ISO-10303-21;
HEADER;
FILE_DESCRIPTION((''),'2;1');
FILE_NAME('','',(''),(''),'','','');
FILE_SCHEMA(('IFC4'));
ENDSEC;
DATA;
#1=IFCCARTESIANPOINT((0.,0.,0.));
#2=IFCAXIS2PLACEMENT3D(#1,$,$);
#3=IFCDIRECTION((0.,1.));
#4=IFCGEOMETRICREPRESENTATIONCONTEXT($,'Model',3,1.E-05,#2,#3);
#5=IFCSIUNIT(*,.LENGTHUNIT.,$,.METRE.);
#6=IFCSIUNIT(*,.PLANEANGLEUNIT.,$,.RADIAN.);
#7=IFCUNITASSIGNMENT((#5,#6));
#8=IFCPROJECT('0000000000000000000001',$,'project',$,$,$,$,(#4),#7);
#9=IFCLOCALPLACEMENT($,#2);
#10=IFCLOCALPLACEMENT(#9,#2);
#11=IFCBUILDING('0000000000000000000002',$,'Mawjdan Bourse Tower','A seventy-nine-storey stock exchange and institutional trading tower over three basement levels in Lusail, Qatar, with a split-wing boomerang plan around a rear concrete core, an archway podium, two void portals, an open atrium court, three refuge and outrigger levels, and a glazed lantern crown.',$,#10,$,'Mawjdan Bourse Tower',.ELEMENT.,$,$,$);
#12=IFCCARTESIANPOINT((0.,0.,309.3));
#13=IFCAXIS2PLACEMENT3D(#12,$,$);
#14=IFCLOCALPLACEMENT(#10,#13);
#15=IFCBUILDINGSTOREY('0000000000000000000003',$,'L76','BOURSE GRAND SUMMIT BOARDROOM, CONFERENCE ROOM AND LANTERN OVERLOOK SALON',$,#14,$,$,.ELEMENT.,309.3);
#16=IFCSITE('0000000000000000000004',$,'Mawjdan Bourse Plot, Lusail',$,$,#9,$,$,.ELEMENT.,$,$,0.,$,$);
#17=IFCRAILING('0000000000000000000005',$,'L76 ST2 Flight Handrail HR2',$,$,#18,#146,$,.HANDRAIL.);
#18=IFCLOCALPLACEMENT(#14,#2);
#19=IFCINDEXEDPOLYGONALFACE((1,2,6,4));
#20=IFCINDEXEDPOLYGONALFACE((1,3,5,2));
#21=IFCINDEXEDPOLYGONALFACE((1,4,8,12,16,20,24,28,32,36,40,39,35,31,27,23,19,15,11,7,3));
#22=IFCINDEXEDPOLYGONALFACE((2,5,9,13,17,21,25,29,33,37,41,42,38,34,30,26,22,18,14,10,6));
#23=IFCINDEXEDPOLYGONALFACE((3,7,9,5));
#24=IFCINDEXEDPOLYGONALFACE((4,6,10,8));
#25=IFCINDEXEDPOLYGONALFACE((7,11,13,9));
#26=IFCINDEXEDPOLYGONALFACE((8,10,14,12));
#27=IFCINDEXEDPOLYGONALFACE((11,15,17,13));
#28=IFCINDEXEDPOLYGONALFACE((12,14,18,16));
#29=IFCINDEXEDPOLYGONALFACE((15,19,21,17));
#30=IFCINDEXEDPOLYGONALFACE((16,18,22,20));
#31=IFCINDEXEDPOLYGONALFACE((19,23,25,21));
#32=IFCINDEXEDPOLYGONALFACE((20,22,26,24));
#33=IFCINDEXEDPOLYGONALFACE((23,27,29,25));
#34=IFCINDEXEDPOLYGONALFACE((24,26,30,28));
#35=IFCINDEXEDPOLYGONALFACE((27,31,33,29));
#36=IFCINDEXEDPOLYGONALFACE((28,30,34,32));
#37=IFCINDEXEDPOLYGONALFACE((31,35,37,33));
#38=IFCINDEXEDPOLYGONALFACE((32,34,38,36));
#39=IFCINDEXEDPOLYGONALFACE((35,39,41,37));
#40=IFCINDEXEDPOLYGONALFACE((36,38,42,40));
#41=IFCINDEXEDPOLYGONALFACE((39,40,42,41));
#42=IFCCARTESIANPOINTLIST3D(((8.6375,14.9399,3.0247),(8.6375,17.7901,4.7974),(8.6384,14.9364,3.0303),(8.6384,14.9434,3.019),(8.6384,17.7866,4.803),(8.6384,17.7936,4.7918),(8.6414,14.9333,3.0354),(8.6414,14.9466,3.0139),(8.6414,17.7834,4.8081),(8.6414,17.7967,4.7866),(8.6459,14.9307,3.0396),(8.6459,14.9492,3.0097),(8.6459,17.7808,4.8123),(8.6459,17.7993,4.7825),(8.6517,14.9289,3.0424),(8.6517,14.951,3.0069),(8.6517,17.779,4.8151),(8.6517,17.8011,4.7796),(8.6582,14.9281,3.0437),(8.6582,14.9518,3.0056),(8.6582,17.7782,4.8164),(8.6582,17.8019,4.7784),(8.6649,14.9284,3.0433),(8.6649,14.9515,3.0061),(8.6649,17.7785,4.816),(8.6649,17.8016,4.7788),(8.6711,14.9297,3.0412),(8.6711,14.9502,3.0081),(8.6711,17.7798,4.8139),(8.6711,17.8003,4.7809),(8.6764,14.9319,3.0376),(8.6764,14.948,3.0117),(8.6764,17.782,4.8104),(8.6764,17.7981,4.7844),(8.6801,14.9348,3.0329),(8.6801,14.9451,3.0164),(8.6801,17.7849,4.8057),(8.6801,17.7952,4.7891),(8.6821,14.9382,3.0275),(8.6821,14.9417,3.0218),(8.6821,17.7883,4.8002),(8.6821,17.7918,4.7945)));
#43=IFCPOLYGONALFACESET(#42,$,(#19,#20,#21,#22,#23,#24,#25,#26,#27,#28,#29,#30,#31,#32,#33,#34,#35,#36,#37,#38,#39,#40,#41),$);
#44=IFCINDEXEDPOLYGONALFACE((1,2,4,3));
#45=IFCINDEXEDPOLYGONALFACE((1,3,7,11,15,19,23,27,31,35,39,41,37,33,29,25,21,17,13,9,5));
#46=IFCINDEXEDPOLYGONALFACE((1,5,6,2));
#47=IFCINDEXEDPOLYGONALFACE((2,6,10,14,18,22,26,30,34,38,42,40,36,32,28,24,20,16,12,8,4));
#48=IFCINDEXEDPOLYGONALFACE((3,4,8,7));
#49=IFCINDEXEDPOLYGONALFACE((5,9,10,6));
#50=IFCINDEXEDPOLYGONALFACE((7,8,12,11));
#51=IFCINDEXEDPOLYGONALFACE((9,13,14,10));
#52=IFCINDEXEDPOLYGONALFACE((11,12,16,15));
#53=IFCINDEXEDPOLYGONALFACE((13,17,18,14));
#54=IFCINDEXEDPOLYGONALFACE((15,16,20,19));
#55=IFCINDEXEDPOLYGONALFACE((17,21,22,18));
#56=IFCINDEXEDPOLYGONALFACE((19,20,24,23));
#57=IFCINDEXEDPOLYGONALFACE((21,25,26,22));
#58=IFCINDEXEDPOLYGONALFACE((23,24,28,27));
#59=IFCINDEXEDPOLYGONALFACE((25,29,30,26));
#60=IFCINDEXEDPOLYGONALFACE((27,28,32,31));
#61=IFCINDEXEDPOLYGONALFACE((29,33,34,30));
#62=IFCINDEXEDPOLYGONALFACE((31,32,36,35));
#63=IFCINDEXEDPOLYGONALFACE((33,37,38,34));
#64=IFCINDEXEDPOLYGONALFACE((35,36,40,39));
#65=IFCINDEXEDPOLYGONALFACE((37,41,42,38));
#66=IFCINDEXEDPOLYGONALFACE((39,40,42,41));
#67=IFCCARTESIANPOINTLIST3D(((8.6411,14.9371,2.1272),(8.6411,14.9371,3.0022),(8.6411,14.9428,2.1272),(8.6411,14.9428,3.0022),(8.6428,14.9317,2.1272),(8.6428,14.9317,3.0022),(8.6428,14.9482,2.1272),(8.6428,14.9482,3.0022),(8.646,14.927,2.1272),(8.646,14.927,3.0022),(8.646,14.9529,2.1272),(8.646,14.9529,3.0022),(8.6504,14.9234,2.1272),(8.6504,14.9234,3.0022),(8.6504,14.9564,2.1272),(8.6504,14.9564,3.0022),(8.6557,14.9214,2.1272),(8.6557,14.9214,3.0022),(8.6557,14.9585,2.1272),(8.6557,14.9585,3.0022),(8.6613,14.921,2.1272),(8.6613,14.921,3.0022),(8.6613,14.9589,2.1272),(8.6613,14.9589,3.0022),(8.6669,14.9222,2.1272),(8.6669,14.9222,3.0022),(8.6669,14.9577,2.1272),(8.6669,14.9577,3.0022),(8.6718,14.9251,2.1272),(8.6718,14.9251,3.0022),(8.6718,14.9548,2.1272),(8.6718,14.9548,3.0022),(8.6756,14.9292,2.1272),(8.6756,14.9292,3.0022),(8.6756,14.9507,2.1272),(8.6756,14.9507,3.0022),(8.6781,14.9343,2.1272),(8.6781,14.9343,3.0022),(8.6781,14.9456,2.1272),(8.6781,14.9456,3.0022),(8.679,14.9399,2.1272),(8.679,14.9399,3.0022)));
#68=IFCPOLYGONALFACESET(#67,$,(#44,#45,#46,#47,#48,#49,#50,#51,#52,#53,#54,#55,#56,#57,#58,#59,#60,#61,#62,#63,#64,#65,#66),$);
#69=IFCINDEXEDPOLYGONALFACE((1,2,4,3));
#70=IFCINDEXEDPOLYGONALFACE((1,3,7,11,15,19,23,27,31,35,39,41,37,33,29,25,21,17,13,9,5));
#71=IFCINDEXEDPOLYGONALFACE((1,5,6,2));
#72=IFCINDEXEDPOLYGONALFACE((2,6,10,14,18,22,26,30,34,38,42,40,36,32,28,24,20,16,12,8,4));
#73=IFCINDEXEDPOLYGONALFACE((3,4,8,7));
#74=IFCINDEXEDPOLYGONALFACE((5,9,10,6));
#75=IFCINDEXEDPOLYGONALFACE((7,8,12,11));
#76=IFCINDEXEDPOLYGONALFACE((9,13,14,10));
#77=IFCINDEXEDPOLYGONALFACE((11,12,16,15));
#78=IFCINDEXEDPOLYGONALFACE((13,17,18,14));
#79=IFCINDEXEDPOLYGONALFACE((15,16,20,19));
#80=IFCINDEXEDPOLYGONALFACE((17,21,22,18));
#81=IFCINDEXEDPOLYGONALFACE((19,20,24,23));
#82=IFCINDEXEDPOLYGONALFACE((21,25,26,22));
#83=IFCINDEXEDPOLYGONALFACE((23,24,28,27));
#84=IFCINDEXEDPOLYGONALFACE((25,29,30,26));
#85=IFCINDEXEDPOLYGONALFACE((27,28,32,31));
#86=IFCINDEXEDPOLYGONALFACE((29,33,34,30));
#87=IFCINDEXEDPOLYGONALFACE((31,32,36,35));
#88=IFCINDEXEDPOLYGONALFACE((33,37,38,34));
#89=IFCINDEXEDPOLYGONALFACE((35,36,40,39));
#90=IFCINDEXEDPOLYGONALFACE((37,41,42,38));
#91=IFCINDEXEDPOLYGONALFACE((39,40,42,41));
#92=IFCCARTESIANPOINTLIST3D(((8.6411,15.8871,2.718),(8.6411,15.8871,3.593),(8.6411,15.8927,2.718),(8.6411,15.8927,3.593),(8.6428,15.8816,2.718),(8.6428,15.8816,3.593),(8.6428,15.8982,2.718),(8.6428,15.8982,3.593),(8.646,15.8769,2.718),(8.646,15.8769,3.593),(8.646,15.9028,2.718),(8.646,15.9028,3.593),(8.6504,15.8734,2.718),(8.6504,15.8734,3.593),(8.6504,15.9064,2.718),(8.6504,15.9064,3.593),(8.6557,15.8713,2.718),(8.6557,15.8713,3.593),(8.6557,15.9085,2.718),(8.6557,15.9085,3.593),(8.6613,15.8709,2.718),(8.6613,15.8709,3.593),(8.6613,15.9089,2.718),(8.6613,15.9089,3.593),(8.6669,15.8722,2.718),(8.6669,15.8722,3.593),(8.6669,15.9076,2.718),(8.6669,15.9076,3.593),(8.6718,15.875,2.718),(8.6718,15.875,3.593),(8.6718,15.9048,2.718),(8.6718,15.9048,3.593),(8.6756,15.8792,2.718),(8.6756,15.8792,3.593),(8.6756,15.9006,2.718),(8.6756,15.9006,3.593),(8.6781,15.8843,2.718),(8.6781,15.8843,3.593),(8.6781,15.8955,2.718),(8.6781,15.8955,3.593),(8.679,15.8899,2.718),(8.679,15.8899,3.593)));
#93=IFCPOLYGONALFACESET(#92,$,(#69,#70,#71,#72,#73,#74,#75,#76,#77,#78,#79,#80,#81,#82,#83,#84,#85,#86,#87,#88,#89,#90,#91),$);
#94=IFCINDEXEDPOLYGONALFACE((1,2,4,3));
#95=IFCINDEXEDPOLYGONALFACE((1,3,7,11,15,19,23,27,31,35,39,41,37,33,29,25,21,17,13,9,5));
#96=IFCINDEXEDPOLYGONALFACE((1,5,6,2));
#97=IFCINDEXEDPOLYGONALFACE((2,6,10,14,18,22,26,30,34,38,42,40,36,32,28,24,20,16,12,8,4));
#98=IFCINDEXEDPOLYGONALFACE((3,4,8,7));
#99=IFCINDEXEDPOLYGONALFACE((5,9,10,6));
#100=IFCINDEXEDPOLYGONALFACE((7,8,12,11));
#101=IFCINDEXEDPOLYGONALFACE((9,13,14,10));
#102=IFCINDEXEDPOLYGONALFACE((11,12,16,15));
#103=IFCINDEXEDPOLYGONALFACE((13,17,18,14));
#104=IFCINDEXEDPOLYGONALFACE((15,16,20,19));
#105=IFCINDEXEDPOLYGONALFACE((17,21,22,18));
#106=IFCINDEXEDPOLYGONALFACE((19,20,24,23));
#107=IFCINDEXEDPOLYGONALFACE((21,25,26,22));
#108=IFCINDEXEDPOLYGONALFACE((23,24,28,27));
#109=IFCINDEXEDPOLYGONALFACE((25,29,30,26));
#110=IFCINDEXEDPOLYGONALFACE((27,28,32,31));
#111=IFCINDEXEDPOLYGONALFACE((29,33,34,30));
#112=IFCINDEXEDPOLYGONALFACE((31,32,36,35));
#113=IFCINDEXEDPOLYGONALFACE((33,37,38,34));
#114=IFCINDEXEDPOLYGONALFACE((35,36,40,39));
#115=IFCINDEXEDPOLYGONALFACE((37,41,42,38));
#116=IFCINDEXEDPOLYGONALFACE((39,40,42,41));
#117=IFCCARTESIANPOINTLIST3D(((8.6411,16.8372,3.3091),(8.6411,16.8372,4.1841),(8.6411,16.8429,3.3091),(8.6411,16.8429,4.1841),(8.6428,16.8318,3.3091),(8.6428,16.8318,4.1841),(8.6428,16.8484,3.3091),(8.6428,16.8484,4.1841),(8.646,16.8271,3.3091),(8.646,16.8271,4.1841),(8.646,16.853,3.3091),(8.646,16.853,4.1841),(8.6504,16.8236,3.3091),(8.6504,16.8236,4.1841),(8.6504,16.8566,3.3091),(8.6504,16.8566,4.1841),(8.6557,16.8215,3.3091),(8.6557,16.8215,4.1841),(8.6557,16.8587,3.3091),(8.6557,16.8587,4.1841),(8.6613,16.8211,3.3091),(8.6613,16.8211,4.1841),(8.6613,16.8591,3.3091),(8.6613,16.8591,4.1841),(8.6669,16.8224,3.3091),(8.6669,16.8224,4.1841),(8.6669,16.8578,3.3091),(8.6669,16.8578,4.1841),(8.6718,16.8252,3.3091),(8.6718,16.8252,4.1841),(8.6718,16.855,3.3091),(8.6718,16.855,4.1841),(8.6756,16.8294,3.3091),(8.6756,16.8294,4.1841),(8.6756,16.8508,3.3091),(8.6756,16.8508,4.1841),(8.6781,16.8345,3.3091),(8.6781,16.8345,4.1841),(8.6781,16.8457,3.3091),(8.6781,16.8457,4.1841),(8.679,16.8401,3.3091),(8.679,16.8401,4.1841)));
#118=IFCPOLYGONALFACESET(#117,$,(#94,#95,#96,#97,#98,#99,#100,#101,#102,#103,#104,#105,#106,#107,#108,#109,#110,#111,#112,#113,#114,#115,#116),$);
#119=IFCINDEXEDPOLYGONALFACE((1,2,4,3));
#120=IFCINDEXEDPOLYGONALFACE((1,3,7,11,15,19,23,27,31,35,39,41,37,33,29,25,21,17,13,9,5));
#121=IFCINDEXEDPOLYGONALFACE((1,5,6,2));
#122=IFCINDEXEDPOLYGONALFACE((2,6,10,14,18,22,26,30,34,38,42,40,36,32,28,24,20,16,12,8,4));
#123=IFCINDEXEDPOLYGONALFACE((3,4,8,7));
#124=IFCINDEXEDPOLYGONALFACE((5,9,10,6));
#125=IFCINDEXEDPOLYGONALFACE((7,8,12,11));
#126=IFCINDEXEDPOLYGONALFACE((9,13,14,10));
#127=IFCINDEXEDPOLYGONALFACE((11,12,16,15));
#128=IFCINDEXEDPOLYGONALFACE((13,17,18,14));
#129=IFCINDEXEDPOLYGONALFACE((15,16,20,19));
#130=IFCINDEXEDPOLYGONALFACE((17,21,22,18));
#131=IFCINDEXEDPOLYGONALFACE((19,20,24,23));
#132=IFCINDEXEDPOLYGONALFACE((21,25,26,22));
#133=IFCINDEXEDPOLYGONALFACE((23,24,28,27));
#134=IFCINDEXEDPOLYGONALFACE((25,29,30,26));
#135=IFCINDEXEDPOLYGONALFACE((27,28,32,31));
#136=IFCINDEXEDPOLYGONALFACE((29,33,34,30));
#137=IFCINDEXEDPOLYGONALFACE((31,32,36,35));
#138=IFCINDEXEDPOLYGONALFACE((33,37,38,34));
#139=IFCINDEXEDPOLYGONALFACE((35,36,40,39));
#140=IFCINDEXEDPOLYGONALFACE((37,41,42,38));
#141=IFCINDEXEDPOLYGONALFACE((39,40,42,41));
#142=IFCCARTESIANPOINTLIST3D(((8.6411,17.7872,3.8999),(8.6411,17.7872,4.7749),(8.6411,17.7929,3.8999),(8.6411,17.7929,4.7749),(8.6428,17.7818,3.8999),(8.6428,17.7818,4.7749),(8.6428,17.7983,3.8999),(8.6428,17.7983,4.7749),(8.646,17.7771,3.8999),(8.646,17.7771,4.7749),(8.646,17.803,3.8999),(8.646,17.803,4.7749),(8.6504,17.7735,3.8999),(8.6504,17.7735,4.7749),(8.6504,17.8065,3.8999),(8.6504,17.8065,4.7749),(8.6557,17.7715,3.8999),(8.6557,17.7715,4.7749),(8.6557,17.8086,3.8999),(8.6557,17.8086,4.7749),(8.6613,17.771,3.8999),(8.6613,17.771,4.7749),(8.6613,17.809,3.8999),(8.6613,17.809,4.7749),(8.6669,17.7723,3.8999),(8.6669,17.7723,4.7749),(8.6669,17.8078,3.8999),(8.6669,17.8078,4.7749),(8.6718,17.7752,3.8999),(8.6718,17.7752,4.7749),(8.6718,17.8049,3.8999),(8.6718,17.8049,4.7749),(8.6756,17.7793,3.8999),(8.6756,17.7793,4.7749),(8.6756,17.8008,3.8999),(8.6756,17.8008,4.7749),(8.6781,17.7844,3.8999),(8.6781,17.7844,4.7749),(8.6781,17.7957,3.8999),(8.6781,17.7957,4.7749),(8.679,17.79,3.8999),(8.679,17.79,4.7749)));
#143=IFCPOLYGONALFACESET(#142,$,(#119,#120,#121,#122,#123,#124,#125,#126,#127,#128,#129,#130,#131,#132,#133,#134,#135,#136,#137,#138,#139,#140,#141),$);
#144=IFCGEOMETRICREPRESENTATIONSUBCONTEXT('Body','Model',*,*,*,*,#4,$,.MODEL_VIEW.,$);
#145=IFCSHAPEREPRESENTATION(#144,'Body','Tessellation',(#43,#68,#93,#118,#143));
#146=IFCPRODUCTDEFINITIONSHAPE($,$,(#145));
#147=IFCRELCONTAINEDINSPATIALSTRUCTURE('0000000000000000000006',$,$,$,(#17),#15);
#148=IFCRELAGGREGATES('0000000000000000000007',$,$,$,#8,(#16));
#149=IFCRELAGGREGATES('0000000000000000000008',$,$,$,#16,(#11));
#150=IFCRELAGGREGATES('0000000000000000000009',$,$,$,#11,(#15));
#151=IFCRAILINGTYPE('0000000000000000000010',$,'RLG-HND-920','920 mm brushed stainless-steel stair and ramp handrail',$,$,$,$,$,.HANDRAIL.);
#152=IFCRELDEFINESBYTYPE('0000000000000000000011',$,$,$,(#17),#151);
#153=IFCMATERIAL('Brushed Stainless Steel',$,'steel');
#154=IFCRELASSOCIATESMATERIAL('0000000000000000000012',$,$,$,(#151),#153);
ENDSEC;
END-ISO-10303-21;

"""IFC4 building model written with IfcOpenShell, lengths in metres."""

from ifc_helpers import new_model, si_unit, direction, frame, origin, origin_2d, place, context, subcontext, project, spatial, circle, extrude, material, type_object, element, save


model = new_model("IFC4")

# Units and contexts
model_context = context("Model", 3, precision=1e-05, world=origin(), true_north=direction((0.0, 1.0)))
body_context = subcontext(model_context, "Body", "Model", "MODEL_VIEW")
ifc_project = project(units=[si_unit("LENGTHUNIT", "METRE"), si_unit("PLANEANGLEUNIT", "RADIAN")], contexts=[model_context])

# Site, building, storey
site_placement = place(None, origin())
site = spatial("IfcSite", under=ifc_project, at=site_placement, Name="Mawjdan Bourse Plot, Lusail", CompositionType="ELEMENT", RefElevation=0.0)
building_placement = place(site_placement, origin())
building = spatial("IfcBuilding", under=site, at=building_placement, Name="Mawjdan Bourse Tower", Description="A seventy-nine-storey stock exchange and institutional trading tower over three basement levels in Lusail, Qatar, with a split-wing boomerang plan around a rear concrete core, an archway podium, two void portals, an open atrium court, three refuge and outrigger levels, and a glazed lantern crown.", LongName="Mawjdan Bourse Tower", CompositionType="ELEMENT")
storey_placement = place(building_placement, frame((0.0, 0.0, 309.3)))
storey = spatial("IfcBuildingStorey", under=building, at=storey_placement, Name="L76", Description="BOURSE GRAND SUMMIT BOARDROOM, CONFERENCE ROOM AND LANTERN OVERLOOK SALON", CompositionType="ELEMENT", Elevation=309.3)

# Railing
ifc_material_1 = material(Name="Brushed Stainless Steel", Category="steel")
railing_type_1 = type_object("IfcRailingType", Name="RLG-HND-920", Description="920 mm brushed stainless-steel stair and ramp handrail", PredefinedType="HANDRAIL", material=ifc_material_1)
railing_1_placement = place(storey_placement, frame((8.6599, 14.9399, 2.1272)))
element("IfcRailing", 1, at=railing_1_placement, inside=storey, type_object=railing_type_1, Name="L76 ST2 Flight Handrail HR2", PredefinedType="HANDRAIL", context=body_context, shape_type="SweptSolid", body=[
    extrude(circle(Radius=0.0225, at=origin_2d()), frame((0.0, 0.0, 0.8975), z_axis=(0.0, 0.849149, 0.528154), x_axis=(-1.0, 0.0, 0.0)), (0.0, 0.0, 1.0), 3.3564),
    extrude(circle(Radius=0.019, at=origin_2d()), origin(), (0.0, 0.0, 1.0), 0.875),
    extrude(circle(Radius=0.019, at=origin_2d()), frame((0.0, 0.95, 0.5908)), (0.0, 0.0, 1.0), 0.875),
    extrude(circle(Radius=0.019, at=origin_2d()), frame((0.0, 1.9001, 1.1819)), (0.0, 0.0, 1.0), 0.875),
    extrude(circle(Radius=0.019, at=origin_2d()), frame((0.0, 2.8501, 1.7727)), (0.0, 0.0, 1.0), 0.875),
])

save(model, "model.ifc")
